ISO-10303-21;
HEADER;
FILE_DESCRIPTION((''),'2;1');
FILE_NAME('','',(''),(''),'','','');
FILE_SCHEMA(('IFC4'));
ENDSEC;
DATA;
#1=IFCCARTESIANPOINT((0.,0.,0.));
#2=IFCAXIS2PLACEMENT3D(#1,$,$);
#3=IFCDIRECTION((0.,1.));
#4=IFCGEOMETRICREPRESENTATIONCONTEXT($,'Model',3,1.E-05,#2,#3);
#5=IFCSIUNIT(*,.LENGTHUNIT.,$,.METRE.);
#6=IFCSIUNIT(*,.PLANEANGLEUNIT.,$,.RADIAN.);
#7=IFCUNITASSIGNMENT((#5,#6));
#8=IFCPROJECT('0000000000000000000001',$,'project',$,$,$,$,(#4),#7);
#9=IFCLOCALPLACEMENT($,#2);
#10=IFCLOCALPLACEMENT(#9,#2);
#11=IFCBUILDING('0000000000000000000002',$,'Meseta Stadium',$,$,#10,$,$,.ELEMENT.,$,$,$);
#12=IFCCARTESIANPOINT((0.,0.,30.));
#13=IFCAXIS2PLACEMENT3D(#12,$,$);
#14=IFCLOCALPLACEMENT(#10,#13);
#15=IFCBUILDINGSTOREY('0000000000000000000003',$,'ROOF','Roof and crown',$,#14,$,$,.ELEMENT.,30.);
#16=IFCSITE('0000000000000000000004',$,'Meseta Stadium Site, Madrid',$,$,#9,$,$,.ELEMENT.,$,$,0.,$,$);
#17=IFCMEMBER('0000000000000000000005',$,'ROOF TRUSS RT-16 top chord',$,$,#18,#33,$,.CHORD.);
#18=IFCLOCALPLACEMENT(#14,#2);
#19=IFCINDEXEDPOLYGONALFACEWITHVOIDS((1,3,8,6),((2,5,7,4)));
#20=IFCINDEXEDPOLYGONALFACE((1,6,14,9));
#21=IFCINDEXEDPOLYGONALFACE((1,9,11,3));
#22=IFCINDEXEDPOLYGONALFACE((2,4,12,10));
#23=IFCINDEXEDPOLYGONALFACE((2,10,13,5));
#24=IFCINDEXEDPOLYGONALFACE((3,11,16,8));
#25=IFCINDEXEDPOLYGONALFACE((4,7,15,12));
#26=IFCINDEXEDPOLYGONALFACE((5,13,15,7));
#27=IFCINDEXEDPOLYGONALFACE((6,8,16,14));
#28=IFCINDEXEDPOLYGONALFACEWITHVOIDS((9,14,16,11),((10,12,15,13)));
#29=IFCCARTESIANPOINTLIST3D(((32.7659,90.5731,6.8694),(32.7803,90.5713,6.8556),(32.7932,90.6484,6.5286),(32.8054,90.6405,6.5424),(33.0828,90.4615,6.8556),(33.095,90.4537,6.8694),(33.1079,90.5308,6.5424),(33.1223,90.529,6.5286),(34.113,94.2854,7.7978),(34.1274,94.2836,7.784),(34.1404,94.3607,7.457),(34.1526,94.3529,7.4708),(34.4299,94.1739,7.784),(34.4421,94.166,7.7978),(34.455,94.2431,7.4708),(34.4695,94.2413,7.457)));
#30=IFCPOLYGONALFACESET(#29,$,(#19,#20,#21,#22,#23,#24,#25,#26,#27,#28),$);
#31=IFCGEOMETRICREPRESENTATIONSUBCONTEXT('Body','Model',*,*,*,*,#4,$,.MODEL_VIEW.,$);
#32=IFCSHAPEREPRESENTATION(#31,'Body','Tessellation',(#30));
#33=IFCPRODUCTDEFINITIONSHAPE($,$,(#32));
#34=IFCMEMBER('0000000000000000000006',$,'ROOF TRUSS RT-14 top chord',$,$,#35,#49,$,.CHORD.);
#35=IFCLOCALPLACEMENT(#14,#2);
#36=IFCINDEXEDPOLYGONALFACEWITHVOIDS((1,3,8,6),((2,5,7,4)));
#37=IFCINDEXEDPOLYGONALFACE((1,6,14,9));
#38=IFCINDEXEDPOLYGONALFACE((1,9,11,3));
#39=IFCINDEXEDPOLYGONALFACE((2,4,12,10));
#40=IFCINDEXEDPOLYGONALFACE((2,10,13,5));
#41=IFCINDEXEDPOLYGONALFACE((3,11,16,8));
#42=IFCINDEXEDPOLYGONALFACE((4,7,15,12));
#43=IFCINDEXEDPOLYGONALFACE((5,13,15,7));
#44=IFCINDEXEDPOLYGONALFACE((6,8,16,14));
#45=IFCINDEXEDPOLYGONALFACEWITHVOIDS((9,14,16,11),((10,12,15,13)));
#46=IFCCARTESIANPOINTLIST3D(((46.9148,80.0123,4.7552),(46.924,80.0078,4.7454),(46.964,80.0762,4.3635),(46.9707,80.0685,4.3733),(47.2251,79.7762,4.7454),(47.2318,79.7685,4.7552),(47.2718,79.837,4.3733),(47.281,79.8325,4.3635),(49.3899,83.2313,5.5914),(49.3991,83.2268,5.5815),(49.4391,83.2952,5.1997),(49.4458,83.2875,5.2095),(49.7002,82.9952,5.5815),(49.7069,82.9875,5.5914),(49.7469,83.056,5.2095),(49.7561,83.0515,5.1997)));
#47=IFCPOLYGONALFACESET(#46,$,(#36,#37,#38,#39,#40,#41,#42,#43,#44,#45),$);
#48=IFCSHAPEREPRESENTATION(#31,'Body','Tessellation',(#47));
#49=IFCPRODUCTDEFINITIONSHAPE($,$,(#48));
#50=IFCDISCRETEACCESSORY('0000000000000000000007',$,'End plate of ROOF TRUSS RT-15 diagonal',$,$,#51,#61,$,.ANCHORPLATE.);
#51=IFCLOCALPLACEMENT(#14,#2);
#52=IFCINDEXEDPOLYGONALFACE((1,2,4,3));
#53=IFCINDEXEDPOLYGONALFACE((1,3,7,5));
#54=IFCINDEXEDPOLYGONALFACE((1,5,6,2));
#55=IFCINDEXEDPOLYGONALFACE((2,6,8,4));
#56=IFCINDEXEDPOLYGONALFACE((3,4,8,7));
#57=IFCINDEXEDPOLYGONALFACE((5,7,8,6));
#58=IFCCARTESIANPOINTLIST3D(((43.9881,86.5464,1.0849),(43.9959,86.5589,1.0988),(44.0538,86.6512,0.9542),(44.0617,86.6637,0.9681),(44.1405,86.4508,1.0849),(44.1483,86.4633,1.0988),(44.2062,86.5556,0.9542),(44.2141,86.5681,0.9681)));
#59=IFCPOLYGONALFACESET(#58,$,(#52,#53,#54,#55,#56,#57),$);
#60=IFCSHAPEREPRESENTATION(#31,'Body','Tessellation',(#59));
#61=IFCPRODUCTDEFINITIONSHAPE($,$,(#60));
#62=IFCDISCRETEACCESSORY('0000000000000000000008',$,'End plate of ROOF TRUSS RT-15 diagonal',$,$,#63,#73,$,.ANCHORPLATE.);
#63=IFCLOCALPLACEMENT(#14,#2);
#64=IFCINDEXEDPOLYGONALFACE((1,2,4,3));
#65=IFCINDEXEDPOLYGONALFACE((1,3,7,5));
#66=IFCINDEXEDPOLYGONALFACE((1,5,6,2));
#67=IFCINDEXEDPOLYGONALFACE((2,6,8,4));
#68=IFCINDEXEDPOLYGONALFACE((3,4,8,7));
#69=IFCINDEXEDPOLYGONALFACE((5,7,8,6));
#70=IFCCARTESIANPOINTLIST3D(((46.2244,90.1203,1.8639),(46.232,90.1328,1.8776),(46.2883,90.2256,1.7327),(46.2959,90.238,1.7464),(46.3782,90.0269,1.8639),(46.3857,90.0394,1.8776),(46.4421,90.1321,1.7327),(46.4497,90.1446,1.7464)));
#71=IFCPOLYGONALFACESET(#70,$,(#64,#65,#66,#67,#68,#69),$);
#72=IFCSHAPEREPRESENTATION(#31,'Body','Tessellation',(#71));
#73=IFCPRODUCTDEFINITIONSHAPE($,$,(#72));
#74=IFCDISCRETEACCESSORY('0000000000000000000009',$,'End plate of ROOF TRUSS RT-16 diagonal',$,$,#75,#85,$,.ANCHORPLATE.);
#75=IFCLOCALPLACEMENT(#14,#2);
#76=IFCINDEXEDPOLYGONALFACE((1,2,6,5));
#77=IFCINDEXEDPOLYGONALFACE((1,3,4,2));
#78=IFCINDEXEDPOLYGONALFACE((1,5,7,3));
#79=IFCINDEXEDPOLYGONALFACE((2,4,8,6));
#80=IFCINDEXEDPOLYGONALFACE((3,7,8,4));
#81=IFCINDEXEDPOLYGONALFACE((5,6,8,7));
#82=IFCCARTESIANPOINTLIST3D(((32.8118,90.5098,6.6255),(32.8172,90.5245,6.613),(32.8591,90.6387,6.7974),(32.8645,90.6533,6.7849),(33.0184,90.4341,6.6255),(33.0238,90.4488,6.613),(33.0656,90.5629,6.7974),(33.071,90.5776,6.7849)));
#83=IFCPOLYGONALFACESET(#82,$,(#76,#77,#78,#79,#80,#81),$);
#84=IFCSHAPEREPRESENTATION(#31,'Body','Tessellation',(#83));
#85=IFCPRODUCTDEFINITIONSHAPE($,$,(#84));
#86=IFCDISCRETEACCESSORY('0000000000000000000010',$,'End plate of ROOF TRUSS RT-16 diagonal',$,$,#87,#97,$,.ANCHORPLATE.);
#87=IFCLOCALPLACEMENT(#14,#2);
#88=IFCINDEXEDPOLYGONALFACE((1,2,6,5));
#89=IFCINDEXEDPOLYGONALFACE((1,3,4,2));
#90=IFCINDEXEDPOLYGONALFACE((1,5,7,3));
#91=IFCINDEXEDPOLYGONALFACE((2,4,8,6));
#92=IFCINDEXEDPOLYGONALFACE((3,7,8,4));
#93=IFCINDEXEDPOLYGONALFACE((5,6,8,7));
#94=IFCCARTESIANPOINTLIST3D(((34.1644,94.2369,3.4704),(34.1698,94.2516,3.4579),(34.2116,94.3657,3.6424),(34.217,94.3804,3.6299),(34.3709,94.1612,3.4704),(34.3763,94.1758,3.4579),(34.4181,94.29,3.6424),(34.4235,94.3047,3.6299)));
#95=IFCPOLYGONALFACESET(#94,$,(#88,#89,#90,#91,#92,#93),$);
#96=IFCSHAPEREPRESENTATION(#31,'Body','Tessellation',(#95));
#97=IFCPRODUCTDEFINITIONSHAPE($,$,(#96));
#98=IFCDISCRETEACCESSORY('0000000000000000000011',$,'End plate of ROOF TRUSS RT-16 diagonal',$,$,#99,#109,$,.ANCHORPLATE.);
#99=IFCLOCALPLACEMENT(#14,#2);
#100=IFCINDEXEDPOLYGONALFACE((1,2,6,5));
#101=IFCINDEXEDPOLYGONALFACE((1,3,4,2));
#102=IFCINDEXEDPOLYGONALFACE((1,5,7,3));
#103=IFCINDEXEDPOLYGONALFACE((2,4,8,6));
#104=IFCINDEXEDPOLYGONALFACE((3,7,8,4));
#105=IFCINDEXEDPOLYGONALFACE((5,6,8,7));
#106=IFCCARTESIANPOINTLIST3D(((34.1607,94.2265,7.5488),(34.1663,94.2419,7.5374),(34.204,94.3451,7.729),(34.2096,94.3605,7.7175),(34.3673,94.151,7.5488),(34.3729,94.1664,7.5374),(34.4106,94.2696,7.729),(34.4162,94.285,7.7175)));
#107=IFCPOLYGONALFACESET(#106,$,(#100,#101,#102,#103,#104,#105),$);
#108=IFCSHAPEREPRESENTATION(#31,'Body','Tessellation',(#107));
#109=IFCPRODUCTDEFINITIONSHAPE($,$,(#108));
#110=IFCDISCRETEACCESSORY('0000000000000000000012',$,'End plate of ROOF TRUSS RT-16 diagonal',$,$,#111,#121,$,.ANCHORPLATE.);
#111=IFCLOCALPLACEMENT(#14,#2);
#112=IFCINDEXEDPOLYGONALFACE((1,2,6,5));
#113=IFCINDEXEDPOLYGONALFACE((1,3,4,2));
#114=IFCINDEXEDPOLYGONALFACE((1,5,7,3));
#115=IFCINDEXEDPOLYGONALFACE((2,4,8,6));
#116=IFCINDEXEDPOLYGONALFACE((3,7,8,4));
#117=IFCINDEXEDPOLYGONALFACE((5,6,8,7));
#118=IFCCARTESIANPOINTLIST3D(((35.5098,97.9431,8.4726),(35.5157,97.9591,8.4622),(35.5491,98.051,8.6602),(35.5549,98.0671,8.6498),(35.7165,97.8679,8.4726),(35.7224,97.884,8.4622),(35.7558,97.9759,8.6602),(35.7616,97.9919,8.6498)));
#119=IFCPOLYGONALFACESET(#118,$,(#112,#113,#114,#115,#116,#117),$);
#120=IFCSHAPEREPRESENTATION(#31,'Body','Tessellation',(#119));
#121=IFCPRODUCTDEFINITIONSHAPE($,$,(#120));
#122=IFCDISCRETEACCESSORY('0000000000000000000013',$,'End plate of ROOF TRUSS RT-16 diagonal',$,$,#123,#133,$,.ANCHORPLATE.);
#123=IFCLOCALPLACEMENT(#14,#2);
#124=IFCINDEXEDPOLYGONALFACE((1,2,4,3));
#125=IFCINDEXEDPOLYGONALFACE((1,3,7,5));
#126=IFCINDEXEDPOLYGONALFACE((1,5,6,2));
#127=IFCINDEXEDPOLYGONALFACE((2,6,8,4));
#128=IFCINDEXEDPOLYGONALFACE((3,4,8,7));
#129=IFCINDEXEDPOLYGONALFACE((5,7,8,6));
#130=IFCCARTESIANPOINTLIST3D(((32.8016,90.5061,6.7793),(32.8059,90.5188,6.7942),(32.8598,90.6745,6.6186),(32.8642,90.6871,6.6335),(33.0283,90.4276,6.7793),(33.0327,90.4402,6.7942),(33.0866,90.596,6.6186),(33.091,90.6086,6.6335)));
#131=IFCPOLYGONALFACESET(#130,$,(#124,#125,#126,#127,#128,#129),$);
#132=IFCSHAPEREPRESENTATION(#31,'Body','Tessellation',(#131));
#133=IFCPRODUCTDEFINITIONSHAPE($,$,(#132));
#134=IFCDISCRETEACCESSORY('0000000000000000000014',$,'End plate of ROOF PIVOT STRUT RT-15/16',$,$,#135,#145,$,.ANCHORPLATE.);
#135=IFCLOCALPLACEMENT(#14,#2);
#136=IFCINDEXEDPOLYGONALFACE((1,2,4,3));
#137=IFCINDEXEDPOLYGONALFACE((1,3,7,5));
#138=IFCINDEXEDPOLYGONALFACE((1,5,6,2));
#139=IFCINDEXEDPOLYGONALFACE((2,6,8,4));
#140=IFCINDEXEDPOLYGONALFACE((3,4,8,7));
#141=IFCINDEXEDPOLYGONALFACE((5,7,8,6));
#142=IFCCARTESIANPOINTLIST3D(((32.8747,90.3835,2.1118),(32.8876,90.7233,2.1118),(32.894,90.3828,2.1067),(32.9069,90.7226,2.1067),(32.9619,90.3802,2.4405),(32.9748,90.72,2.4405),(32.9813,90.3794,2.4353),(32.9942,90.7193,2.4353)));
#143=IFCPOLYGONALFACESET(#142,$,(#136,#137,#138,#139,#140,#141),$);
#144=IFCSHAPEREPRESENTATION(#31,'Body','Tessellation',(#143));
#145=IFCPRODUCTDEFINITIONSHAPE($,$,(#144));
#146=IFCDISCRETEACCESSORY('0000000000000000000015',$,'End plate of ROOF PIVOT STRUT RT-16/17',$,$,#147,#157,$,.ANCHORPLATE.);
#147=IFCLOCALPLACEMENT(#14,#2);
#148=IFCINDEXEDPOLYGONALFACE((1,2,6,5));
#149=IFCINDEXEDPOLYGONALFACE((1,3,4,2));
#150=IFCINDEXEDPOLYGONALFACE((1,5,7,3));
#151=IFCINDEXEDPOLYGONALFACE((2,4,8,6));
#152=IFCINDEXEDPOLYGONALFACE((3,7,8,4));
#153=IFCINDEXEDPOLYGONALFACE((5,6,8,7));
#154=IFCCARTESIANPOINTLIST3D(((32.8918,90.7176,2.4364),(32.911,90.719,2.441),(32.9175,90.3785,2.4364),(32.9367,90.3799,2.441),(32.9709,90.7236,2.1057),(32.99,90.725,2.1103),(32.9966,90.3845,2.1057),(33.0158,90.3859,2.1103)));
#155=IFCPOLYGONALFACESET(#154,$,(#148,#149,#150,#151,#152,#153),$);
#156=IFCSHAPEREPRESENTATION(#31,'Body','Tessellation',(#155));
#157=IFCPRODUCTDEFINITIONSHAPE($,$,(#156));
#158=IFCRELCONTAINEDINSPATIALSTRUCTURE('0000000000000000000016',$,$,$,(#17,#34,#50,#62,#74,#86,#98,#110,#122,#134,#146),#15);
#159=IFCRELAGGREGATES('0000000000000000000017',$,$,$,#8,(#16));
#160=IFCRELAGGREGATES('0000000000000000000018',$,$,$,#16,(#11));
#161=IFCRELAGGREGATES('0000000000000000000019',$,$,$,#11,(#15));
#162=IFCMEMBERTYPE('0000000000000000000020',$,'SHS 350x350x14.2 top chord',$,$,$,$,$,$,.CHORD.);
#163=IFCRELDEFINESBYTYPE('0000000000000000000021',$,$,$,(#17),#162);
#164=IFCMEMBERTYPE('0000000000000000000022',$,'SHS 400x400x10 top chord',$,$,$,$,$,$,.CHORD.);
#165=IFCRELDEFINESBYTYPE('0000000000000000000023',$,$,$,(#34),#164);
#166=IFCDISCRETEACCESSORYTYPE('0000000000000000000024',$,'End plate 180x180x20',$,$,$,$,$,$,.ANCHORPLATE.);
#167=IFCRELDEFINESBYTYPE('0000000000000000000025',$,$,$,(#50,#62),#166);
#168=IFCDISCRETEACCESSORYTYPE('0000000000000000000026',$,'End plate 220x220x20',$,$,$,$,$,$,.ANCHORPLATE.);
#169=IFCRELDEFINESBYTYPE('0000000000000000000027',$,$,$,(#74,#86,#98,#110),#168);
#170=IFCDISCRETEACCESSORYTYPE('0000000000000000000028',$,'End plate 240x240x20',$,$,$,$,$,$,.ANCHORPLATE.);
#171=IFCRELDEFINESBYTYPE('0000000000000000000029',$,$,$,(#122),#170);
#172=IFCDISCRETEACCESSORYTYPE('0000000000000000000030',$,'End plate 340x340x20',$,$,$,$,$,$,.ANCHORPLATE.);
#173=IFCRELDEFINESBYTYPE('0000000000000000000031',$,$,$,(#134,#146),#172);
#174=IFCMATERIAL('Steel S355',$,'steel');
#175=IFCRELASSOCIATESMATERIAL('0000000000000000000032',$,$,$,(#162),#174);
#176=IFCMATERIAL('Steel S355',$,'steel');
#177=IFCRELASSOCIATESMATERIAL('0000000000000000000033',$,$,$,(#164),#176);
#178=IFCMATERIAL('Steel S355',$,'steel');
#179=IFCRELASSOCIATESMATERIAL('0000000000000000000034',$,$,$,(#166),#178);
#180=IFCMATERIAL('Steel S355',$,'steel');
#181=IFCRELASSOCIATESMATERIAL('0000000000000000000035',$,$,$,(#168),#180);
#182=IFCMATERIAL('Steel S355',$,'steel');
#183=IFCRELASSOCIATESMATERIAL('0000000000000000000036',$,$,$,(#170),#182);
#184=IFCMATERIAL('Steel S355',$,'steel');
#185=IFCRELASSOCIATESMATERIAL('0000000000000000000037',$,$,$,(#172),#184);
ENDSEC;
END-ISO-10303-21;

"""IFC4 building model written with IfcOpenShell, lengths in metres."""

from ifc_helpers import new_model, si_unit, direction, frame, origin, origin_2d, place, context, subcontext, project, spatial, rectangle, hollow_rectangle, extrude, material, material_profile, profile_set, type_object, element, save


model = new_model("IFC4")

# Units and contexts
model_context = context("Model", 3, precision=1e-05, world=origin(), true_north=direction((0.0, 1.0)))
body_context = subcontext(model_context, "Body", "Model", "MODEL_VIEW")
ifc_project = project(units=[si_unit("LENGTHUNIT", "METRE"), si_unit("PLANEANGLEUNIT", "RADIAN")], contexts=[model_context])

# Site, building, storey
site_placement = place(None, origin())
site = spatial("IfcSite", under=ifc_project, at=site_placement, Name="Meseta Stadium Site, Madrid", CompositionType="ELEMENT", RefElevation=0.0)
building_placement = place(site_placement, origin())
building = spatial("IfcBuilding", under=site, at=building_placement, Name="Meseta Stadium", CompositionType="ELEMENT")
storey_placement = place(building_placement, frame((0.0, 0.0, 30.0)))
storey = spatial("IfcBuildingStorey", under=building, at=storey_placement, Name="ROOF", Description="Roof and crown", CompositionType="ELEMENT", Elevation=30.0)

# Members
ifc_material_1 = material(Name="Steel S355", Category="steel")
ifc_material_profile_1 = material_profile(ifc_material_1, hollow_rectangle(XDim=0.3501, YDim=0.3501, WallThickness=0.0142, at=origin_2d()), Name="SHS 350x350x14.2")
ifc_profile_set_1 = profile_set([ifc_material_profile_1], Name="Steel S355")
member_type_1 = type_object("IfcMemberType", Name="SHS 350x350x14.2 top chord", PredefinedType="CHORD", material=ifc_profile_set_1)
member_1_placement = place(storey_placement, frame((32.9441, 90.551, 6.699), z_axis=(0.332064, 0.915072, 0.228858), x_axis=(-0.940021, 0.341118, 0.0)))
element("IfcMember", 1, at=member_1_placement, inside=storey, type_object=member_type_1, Name="ROOF TRUSS RT-16 top chord", PredefinedType="CHORD", context=body_context, shape_type="SweptSolid", body=[
    extrude(hollow_rectangle(XDim=0.3501, YDim=0.3501, WallThickness=0.0142, at=origin_2d()), origin(), (0.0, 0.0, 1.0), 4.0569),
])
ifc_material_2 = material(Name="Steel S355", Category="steel")
ifc_material_profile_2 = material_profile(ifc_material_2, hollow_rectangle(XDim=0.3999, YDim=0.3999, WallThickness=0.01, at=origin_2d()), Name="SHS 400x400x10")
ifc_profile_set_2 = profile_set([ifc_material_profile_2], Name="Steel S355")
member_type_2 = type_object("IfcMemberType", Name="SHS 400x400x10 top chord", PredefinedType="CHORD", material=ifc_profile_set_2)
member_2_placement = place(storey_placement, frame((47.0979, 79.9224, 4.5593), z_axis=(0.597021, 0.776457, 0.201696), x_axis=(-0.792749, 0.609548, 0.0)))
element("IfcMember", 2, at=member_2_placement, inside=storey, type_object=member_type_2, Name="ROOF TRUSS RT-14 top chord", PredefinedType="CHORD", context=body_context, shape_type="SweptSolid", body=[
    extrude(hollow_rectangle(XDim=0.3999, YDim=0.3999, WallThickness=0.01, at=origin_2d()), origin(), (0.0, 0.0, 1.0), 4.1458),
])

# Discrete accessories
ifc_material_3 = material(Name="Steel S355", Category="steel")
ifc_material_profile_3 = material_profile(ifc_material_3, rectangle(XDim=0.1799, YDim=0.1799, at=origin_2d()), Name="PL 180x180")
ifc_profile_set_3 = profile_set([ifc_material_profile_3], Name="Steel S355")
discrete_accessory_type_1 = type_object("IfcDiscreteAccessoryType", Name="End plate 180x180x20", PredefinedType="ANCHORPLATE", material=ifc_profile_set_3)
discrete_accessory_1_placement = place(storey_placement, frame((44.0972, 86.551, 1.0195), z_axis=(0.385963, 0.615128, 0.687496), x_axis=(-0.847064, 0.531491, 0.0)))
element("IfcDiscreteAccessory", 3, at=discrete_accessory_1_placement, inside=storey, type_object=discrete_accessory_type_1, Name="End plate of ROOF TRUSS RT-15 diagonal", PredefinedType="ANCHORPLATE", context=body_context, shape_type="SweptSolid", body=[
    extrude(rectangle(XDim=0.1799, YDim=0.1799, at=origin_2d()), origin(), (0.0, 0.0, 1.0), 0.0203),
])
discrete_accessory_2_placement = place(storey_placement, frame((46.3333, 90.1262, 1.7983), z_axis=(0.378782, 0.623157, 0.684251), x_axis=(-0.854522, 0.519415, 0.0)))
element("IfcDiscreteAccessory", 4, at=discrete_accessory_2_placement, inside=storey, type_object=discrete_accessory_type_1, Name="End plate of ROOF TRUSS RT-15 diagonal", PredefinedType="ANCHORPLATE", context=body_context, shape_type="SweptSolid", body=[
    extrude(rectangle(XDim=0.1799, YDim=0.1799, at=origin_2d()), origin(), (0.0, 0.0, 1.0), 0.02),
])
ifc_material_4 = material(Name="Steel S355", Category="steel")
ifc_material_profile_4 = material_profile(ifc_material_4, rectangle(XDim=0.22, YDim=0.22, at=origin_2d()), Name="PL 220x220")
ifc_profile_set_4 = profile_set([ifc_material_profile_4], Name="Steel S355")
discrete_accessory_type_2 = type_object("IfcDiscreteAccessoryType", Name="End plate 220x220x20", PredefinedType="ANCHORPLATE", material=ifc_profile_set_4)
for number, where, z_axis, x_axis, name in (
    (5, (32.9387, 90.5364, 6.7114), (0.269074, 0.733839, -0.623763), (-0.938876, 0.344255, 0.0), "End plate of ROOF TRUSS RT-16 diagonal"),
    (6, (34.2913, 94.2634, 3.5564), (0.269074, 0.733839, -0.623763), (-0.938876, 0.344255, 0.0), "End plate of ROOF TRUSS RT-16 diagonal"),
    (7, (34.2856, 94.248, 7.6389), (0.280843, 0.769266, -0.573897), (-0.939357, 0.34294, 0.0), "End plate of ROOF TRUSS RT-16 diagonal"),
    (8, (35.6328, 97.9595, 8.5664), (0.29145, 0.801488, -0.522182), (-0.939793, 0.341743, 0.0), "End plate of ROOF TRUSS RT-16 diagonal"),
):
    element("IfcDiscreteAccessory", number, at=place(storey_placement, frame(where, z_axis=z_axis, x_axis=x_axis)), inside=storey, type_object=discrete_accessory_type_2, Name=name, PredefinedType="ANCHORPLATE", context=body_context, shape_type="SweptSolid", body=[
        extrude(rectangle(XDim=0.22, YDim=0.22, at=origin_2d()), origin(), (0.0, 0.0, 1.0), 0.02),
    ])
ifc_material_5 = material(Name="Steel S355", Category="steel")
ifc_material_profile_5 = material_profile(ifc_material_5, rectangle(XDim=0.24, YDim=0.24, at=origin_2d()), Name="PL 240x240")
ifc_profile_set_5 = profile_set([ifc_material_profile_5], Name="Steel S355")
discrete_accessory_type_3 = type_object("IfcDiscreteAccessoryType", Name="End plate 240x240x20", PredefinedType="ANCHORPLATE", material=ifc_profile_set_5)
discrete_accessory_3_placement = place(storey_placement, frame((32.9441, 90.551, 6.699), z_axis=(0.219105, 0.632971, 0.742523), x_axis=(-0.944986, 0.327111, 0.0)))
element("IfcDiscreteAccessory", 9, at=discrete_accessory_3_placement, inside=storey, type_object=discrete_accessory_type_3, Name="End plate of ROOF TRUSS RT-16 diagonal", PredefinedType="ANCHORPLATE", context=body_context, shape_type="SweptSolid", body=[
    extrude(rectangle(XDim=0.24, YDim=0.24, at=origin_2d()), origin(), (0.0, 0.0, 1.0), 0.02),
])
ifc_material_6 = material(Name="Steel S355", Category="steel")
ifc_material_profile_6 = material_profile(ifc_material_6, rectangle(XDim=0.3401, YDim=0.3401, at=origin_2d()), Name="PL 340x340")
ifc_profile_set_6 = profile_set([ifc_material_profile_6], Name="Steel S355")
discrete_accessory_type_4 = type_object("IfcDiscreteAccessoryType", Name="End plate 340x340x20", PredefinedType="ANCHORPLATE", material=ifc_profile_set_6)
discrete_accessory_4_placement = place(storey_placement, frame((32.9441, 90.551, 2.271), z_axis=(-0.965787, 0.036675, 0.256728), x_axis=(-0.037947, -0.99928, 0.0)))
element("IfcDiscreteAccessory", 10, at=discrete_accessory_4_placement, inside=storey, type_object=discrete_accessory_type_4, Name="End plate of ROOF PIVOT STRUT RT-15/16", PredefinedType="ANCHORPLATE", context=body_context, shape_type="SweptSolid", body=[
    extrude(rectangle(XDim=0.3401, YDim=0.3401, at=origin_2d()), origin(), (0.0, 0.0, 1.0), 0.02),
])
discrete_accessory_5_placement = place(storey_placement, frame((32.9634, 90.5525, 2.2756), z_axis=(-0.969635, -0.073643, -0.233203), x_axis=(0.075731, -0.997128, 0.0)))
element("IfcDiscreteAccessory", 11, at=discrete_accessory_5_placement, inside=storey, type_object=discrete_accessory_type_4, Name="End plate of ROOF PIVOT STRUT RT-16/17", PredefinedType="ANCHORPLATE", context=body_context, shape_type="SweptSolid", body=[
    extrude(rectangle(XDim=0.3401, YDim=0.3401, at=origin_2d()), origin(), (0.0, 0.0, 1.0), 0.0198),
])

save(model, "model.ifc")
